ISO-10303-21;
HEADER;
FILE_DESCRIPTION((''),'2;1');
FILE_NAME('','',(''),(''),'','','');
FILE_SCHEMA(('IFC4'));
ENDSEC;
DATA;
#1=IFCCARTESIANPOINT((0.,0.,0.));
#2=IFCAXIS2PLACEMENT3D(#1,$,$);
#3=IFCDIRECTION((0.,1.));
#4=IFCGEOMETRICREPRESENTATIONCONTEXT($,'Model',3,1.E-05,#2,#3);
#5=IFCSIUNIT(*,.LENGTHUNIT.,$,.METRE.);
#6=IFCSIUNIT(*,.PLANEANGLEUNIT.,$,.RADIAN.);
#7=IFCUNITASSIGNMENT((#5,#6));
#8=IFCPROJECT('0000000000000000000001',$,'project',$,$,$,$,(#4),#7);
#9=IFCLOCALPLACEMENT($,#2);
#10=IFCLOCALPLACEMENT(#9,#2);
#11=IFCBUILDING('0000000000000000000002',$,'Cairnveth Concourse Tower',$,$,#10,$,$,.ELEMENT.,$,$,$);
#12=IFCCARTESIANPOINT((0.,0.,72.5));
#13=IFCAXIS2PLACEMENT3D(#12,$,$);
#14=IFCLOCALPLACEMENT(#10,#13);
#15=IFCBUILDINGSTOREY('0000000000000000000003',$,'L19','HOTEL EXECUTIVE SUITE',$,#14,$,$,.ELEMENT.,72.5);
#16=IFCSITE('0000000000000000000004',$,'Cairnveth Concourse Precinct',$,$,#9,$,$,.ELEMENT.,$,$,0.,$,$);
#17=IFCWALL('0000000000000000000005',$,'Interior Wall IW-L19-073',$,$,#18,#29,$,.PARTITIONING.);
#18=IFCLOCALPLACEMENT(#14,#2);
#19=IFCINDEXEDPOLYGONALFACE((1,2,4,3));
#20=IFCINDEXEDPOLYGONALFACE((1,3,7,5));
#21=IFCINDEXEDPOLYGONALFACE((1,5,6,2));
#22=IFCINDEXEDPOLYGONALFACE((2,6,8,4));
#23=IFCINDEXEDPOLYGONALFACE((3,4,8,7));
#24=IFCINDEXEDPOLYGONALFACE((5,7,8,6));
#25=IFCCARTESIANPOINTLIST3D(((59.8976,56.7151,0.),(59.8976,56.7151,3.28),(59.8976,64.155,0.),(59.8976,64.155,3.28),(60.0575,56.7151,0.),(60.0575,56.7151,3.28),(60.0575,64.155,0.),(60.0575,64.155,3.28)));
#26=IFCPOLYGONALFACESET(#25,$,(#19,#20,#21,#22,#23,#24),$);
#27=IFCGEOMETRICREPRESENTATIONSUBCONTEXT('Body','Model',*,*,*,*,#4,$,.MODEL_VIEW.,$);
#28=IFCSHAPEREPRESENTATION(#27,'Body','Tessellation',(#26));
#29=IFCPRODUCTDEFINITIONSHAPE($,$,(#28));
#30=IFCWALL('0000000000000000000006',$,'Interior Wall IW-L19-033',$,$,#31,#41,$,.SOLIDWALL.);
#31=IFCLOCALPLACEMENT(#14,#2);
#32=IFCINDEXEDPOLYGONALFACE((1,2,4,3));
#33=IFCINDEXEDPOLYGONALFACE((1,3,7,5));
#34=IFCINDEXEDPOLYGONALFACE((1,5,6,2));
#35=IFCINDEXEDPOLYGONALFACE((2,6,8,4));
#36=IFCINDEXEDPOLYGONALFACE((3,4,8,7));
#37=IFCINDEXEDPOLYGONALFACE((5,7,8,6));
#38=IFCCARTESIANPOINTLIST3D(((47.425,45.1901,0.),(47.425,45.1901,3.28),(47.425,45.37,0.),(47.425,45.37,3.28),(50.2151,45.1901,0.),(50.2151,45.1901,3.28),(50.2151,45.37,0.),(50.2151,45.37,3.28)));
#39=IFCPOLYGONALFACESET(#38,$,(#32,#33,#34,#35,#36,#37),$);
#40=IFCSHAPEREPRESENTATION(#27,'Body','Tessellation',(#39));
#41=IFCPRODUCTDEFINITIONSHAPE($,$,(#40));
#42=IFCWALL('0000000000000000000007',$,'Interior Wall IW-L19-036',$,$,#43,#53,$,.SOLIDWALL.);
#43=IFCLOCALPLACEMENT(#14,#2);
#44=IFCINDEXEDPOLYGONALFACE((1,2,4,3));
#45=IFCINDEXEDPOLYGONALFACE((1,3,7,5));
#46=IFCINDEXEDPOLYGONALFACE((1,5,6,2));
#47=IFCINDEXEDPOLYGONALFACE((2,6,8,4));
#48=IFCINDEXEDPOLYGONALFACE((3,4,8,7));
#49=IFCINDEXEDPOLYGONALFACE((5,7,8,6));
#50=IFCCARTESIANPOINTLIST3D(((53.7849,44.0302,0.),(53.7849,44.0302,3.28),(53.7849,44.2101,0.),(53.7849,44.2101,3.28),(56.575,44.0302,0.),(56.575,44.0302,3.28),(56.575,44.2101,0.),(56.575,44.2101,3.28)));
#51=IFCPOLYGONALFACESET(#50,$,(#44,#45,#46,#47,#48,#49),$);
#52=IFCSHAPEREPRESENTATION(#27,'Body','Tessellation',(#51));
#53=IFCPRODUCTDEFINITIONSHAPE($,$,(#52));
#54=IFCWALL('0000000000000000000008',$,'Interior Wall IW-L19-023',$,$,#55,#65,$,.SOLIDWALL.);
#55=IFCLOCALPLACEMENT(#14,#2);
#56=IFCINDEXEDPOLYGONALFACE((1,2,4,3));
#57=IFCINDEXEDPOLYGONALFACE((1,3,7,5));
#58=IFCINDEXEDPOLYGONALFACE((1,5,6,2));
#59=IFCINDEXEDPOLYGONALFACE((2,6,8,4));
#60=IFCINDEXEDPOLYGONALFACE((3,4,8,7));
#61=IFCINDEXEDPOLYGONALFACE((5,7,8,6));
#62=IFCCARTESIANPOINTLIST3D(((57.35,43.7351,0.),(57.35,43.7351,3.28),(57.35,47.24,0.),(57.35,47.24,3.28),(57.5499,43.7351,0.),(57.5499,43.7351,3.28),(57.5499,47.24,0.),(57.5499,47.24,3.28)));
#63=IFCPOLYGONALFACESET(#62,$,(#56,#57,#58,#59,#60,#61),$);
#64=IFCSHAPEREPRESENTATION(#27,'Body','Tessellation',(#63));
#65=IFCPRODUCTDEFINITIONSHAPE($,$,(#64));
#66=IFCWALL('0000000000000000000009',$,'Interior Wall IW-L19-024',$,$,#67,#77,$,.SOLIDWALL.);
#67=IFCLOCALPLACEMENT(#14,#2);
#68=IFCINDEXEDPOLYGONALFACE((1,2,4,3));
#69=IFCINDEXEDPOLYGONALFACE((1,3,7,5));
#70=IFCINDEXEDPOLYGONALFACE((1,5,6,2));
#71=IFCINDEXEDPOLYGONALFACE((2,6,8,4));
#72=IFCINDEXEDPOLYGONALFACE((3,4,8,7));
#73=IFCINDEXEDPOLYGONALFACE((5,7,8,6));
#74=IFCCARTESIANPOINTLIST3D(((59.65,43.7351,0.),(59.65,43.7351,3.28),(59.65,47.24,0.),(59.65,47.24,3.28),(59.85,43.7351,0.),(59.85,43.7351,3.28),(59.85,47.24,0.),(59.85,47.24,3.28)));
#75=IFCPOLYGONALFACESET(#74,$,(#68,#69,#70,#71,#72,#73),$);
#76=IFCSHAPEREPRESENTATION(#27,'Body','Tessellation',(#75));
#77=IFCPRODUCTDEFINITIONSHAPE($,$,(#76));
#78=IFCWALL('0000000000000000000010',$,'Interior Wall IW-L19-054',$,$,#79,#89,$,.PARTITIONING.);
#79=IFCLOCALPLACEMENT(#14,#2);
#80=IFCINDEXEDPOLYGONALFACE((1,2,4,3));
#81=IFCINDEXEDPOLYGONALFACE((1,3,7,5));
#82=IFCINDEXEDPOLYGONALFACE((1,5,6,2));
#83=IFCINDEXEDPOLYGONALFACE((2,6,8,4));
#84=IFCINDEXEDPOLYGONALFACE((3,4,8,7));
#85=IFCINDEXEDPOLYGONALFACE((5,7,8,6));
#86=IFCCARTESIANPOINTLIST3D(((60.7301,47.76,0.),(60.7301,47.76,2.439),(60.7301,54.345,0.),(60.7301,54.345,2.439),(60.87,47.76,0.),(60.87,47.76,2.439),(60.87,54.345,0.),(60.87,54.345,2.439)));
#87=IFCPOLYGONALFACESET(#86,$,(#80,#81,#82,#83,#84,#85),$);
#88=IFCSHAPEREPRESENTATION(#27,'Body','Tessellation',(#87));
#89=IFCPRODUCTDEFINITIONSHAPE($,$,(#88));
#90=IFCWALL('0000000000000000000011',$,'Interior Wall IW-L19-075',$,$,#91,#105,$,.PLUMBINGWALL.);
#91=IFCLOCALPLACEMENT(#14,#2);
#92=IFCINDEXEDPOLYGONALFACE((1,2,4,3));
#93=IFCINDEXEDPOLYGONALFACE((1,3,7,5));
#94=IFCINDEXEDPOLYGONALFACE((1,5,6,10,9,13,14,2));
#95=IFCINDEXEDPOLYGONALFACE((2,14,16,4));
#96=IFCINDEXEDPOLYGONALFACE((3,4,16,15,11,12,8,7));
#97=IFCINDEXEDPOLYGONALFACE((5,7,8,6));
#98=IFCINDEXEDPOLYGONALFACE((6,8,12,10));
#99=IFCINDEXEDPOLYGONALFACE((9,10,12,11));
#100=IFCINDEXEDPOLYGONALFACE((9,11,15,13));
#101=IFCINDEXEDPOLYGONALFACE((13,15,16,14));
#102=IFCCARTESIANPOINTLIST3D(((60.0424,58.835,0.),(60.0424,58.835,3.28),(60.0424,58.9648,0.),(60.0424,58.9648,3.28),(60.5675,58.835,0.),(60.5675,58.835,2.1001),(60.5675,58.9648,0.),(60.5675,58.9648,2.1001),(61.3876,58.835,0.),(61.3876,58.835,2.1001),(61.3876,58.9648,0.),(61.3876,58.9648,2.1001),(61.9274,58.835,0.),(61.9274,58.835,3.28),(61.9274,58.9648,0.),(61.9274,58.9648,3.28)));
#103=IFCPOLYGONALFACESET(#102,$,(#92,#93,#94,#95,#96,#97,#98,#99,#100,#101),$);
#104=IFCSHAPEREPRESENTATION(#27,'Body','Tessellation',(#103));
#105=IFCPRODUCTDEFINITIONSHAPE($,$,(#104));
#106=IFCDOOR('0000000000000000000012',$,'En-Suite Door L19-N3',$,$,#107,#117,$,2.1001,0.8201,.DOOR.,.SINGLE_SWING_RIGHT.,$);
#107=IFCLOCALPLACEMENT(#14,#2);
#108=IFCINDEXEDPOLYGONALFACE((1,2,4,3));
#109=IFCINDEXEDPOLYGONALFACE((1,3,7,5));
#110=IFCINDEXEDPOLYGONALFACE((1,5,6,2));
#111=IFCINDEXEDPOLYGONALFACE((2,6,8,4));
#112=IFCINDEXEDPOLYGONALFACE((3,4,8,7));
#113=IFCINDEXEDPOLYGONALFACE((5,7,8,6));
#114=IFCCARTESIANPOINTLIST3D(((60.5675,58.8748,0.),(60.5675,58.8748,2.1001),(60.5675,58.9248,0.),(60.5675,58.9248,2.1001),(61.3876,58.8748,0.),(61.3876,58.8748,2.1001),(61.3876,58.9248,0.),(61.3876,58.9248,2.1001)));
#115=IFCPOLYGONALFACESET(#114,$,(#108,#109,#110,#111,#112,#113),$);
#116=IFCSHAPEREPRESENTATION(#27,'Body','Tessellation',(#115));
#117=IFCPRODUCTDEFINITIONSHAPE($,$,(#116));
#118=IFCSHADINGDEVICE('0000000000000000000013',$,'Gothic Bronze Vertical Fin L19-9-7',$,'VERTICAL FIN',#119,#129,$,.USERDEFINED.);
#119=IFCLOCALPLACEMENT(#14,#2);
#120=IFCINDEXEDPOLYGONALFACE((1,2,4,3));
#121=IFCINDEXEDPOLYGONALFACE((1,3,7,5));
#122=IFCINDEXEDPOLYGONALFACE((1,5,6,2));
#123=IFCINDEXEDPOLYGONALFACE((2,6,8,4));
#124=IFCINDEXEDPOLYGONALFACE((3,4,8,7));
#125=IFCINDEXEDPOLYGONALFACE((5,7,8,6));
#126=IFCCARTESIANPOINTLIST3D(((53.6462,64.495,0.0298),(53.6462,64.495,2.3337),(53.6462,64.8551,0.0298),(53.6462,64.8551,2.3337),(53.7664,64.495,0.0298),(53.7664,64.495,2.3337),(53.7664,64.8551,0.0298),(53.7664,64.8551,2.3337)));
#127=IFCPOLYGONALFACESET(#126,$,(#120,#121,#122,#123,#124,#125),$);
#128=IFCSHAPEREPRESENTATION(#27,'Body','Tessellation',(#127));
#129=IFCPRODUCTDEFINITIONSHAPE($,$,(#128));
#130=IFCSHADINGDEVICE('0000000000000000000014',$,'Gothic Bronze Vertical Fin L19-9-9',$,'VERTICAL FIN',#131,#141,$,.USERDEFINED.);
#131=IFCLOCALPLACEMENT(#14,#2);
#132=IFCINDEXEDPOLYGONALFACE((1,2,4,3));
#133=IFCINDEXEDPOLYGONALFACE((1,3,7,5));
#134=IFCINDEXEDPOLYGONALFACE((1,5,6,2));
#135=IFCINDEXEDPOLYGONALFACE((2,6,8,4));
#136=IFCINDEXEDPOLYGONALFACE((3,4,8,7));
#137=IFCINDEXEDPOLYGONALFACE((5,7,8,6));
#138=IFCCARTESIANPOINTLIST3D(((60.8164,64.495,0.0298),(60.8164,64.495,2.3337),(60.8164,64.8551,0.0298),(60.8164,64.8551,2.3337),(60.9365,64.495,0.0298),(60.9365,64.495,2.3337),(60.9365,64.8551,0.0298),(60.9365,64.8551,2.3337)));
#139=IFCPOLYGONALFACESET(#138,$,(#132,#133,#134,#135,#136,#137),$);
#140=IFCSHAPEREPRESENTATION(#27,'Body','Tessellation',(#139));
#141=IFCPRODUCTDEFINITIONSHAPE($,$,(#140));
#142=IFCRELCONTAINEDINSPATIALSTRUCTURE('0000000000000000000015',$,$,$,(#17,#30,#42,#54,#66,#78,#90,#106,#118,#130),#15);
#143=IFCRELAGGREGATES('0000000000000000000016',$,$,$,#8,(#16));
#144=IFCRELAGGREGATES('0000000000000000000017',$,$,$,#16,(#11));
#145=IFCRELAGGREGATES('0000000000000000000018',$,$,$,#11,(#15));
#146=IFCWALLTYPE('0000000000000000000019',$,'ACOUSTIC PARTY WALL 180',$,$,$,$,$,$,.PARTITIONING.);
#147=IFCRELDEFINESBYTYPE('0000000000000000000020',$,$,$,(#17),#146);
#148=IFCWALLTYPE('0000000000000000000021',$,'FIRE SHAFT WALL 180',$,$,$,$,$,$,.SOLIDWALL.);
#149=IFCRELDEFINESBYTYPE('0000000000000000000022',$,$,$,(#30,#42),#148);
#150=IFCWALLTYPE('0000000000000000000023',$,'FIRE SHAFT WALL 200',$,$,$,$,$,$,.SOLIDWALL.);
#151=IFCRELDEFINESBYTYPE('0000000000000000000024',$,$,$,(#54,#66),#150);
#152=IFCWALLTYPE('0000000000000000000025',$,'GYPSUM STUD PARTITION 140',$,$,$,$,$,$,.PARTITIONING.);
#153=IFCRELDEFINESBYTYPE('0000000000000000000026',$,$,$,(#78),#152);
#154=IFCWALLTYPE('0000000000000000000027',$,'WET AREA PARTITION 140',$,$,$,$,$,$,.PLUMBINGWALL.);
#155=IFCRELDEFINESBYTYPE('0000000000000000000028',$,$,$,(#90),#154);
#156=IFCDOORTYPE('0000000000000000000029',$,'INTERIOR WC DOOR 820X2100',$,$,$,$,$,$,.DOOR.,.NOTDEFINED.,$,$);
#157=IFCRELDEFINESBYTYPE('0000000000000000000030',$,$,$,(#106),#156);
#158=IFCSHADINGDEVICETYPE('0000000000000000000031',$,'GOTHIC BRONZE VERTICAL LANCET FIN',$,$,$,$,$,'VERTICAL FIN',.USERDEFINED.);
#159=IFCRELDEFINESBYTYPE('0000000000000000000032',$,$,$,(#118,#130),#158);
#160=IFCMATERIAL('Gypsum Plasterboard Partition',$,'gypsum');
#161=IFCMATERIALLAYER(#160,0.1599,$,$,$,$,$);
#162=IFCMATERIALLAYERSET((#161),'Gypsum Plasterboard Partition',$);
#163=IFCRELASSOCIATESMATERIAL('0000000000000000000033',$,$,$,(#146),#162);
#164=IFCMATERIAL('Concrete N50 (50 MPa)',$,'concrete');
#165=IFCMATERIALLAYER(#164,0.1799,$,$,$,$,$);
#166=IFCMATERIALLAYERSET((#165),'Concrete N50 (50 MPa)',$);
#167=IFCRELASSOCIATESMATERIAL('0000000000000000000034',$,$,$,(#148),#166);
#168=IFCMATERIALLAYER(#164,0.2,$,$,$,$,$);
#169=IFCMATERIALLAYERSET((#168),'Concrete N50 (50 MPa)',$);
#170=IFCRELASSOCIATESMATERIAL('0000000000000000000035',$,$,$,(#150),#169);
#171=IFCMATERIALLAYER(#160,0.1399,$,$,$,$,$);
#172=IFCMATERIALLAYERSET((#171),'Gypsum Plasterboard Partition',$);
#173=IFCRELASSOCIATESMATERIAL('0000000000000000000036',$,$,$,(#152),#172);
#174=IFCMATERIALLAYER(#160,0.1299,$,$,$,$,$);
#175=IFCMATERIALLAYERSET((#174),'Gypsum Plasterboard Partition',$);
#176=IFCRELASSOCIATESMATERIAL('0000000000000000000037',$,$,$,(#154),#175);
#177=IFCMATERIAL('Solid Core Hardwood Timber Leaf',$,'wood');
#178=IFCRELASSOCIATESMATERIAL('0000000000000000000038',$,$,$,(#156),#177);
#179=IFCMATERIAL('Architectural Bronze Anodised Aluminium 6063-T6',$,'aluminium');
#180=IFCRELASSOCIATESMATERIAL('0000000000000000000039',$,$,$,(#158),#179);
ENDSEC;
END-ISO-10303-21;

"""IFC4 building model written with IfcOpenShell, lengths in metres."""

from ifc_helpers import new_model, si_unit, direction, frame, frame_2d, origin, origin_2d, place, context, subcontext, project, spatial, rectangle, extrude, material, layer, layer_set, type_object, element, fill, save


model = new_model("IFC4")

# Units and contexts
model_context = context("Model", 3, precision=1e-05, world=origin(), true_north=direction((0.0, 1.0)))
body_context = subcontext(model_context, "Body", "Model", "MODEL_VIEW")
ifc_project = project(units=[si_unit("LENGTHUNIT", "METRE"), si_unit("PLANEANGLEUNIT", "RADIAN")], contexts=[model_context])

# Site, building, storey
site_placement = place(None, origin())
site = spatial("IfcSite", under=ifc_project, at=site_placement, Name="Cairnveth Concourse Precinct", CompositionType="ELEMENT", RefElevation=0.0)
building_placement = place(site_placement, origin())
building = spatial("IfcBuilding", under=site, at=building_placement, Name="Cairnveth Concourse Tower", CompositionType="ELEMENT")
storey_placement = place(building_placement, frame((0.0, 0.0, 72.5)))
storey = spatial("IfcBuildingStorey", under=building, at=storey_placement, Name="L19", Description="HOTEL EXECUTIVE SUITE", CompositionType="ELEMENT", Elevation=72.5)

# Walls
ifc_material_1 = material(Name="Gypsum Plasterboard Partition", Category="gypsum")
ifc_layer_1 = layer(ifc_material_1, 0.1599)
ifc_layer_set_1 = layer_set([ifc_layer_1], Name="Gypsum Plasterboard Partition")
wall_type_1 = type_object("IfcWallType", Name="ACOUSTIC PARTY WALL 180", PredefinedType="PARTITIONING", material=ifc_layer_set_1)
wall_1_placement = place(storey_placement, frame((59.9775, 56.7151, 0.0), z_axis=(0.0, 0.0, 1.0), x_axis=(0.0, 1.0, 0.0)))
element("IfcWall", 1, at=wall_1_placement, inside=storey, type_object=wall_type_1, Name="Interior Wall IW-L19-073", PredefinedType="PARTITIONING", context=body_context, shape_type="SweptSolid", body=[
    extrude(rectangle(XDim=7.4399, YDim=0.1599, at=frame_2d((3.72, 0.0))), origin(), (0.0, 0.0, 1.0), 3.28),
])
ifc_material_2 = material(Name="Concrete N50 (50 MPa)", Category="concrete")
ifc_layer_2 = layer(ifc_material_2, 0.1799)
ifc_layer_set_2 = layer_set([ifc_layer_2], Name="Concrete N50 (50 MPa)")
wall_type_2 = type_object("IfcWallType", Name="FIRE SHAFT WALL 180", PredefinedType="SOLIDWALL", material=ifc_layer_set_2)
for number, where, z_axis, x_axis, name in (
    (2, (47.425, 45.28, 0.0), (0.0, 0.0, 1.0), (1.0, 0.0, 0.0), "Interior Wall IW-L19-033"),
    (3, (53.7849, 44.1201, 0.0), (0.0, 0.0, 1.0), (1.0, 0.0, 0.0), "Interior Wall IW-L19-036"),
):
    element("IfcWall", number, at=place(storey_placement, frame(where, z_axis=z_axis, x_axis=x_axis)), inside=storey, type_object=wall_type_2, Name=name, PredefinedType="SOLIDWALL", context=body_context, shape_type="SweptSolid", body=[
        extrude(rectangle(XDim=2.79, YDim=0.1799, at=frame_2d((1.395, 0.0))), origin(), (0.0, 0.0, 1.0), 3.28),
    ])
ifc_layer_3 = layer(ifc_material_2, 0.2)
ifc_layer_set_3 = layer_set([ifc_layer_3], Name="Concrete N50 (50 MPa)")
wall_type_3 = type_object("IfcWallType", Name="FIRE SHAFT WALL 200", PredefinedType="SOLIDWALL", material=ifc_layer_set_3)
for number, where, z_axis, x_axis, name in (
    (4, (57.45, 43.7351, 0.0), (0.0, 0.0, 1.0), (0.0, 1.0, 0.0), "Interior Wall IW-L19-023"),
    (5, (59.75, 43.7351, 0.0), (0.0, 0.0, 1.0), (0.0, 1.0, 0.0), "Interior Wall IW-L19-024"),
):
    element("IfcWall", number, at=place(storey_placement, frame(where, z_axis=z_axis, x_axis=x_axis)), inside=storey, type_object=wall_type_3, Name=name, PredefinedType="SOLIDWALL", context=body_context, shape_type="SweptSolid", body=[
        extrude(rectangle(XDim=3.5049, YDim=0.2, at=frame_2d((1.7524, 0.0))), origin(), (0.0, 0.0, 1.0), 3.28),
    ])
ifc_layer_4 = layer(ifc_material_1, 0.1399)
ifc_layer_set_4 = layer_set([ifc_layer_4], Name="Gypsum Plasterboard Partition")
wall_type_4 = type_object("IfcWallType", Name="GYPSUM STUD PARTITION 140", PredefinedType="PARTITIONING", material=ifc_layer_set_4)
wall_2_placement = place(storey_placement, frame((60.8, 47.76, 0.0), z_axis=(0.0, 0.0, 1.0), x_axis=(0.0, 1.0, 0.0)))
element("IfcWall", 6, at=wall_2_placement, inside=storey, type_object=wall_type_4, Name="Interior Wall IW-L19-054", PredefinedType="PARTITIONING", context=body_context, shape_type="SweptSolid", body=[
    extrude(rectangle(XDim=6.585, YDim=0.1399, at=frame_2d((3.2925, 0.0))), origin(), (0.0, 0.0, 1.0), 2.439),
])

# Wall, opening, door
ifc_layer_5 = layer(ifc_material_1, 0.1299)
ifc_layer_set_5 = layer_set([ifc_layer_5], Name="Gypsum Plasterboard Partition")
wall_type_5 = type_object("IfcWallType", Name="WET AREA PARTITION 140", PredefinedType="PLUMBINGWALL", material=ifc_layer_set_5)
wall_3_placement = place(storey_placement, frame((60.0425, 58.8999, 0.0), z_axis=(0.0, 0.0, 1.0), x_axis=(1.0, 0.0, 0.0)))
wall_3 = element("IfcWall", 7, at=wall_3_placement, inside=storey, type_object=wall_type_5, Name="Interior Wall IW-L19-075", PredefinedType="PLUMBINGWALL", context=body_context, shape_type="SweptSolid", body=[
    extrude(rectangle(XDim=1.885, YDim=0.1299, at=frame_2d((0.9424, 0.0))), origin(), (0.0, 0.0, 1.0), 3.28),
])
opening_placement = place(wall_3_placement, frame((0.5249, 0.0, 0.0)))
opening = element("IfcOpeningElement", 8, at=opening_placement, cuts=wall_3, PredefinedType="OPENING", context=body_context, shape_type="SweptSolid", body=[
    extrude(rectangle(XDim=0.8201, YDim=2.1001, at=frame_2d((0.4102, 1.05))), frame((0.0, 0.075, 0.0), z_axis=(0.0, -1.0, 0.0), x_axis=(1.0, 0.0, 0.0)), (0.0, 0.0, 1.0), 0.1499),
])
ifc_material_3 = material(Name="Solid Core Hardwood Timber Leaf", Category="wood")
door_type = type_object("IfcDoorType", Name="INTERIOR WC DOOR 820X2100", OperationType="NOTDEFINED", PredefinedType="DOOR", material=ifc_material_3)
door_placement = place(opening_placement, origin())
door = element("IfcDoor", 9, at=door_placement, inside=storey, type_object=door_type, Name="En-Suite Door L19-N3", OperationType="SINGLE_SWING_RIGHT", OverallHeight=2.1001, OverallWidth=0.8201, PredefinedType="DOOR", context=body_context, shape_type="SweptSolid", body=[
    extrude(rectangle(XDim=0.8201, YDim=2.1001, at=frame_2d((0.4102, 1.05))), frame((0.0, 0.0249, 0.0), z_axis=(0.0, -1.0, 0.0), x_axis=(1.0, 0.0, 0.0)), (0.0, 0.0, 1.0), 0.05),
])
fill(opening, door)

# Shading devices
ifc_material_4 = material(Name="Architectural Bronze Anodised Aluminium 6063-T6", Category="aluminium")
shading_device_type = type_object("IfcShadingDeviceType", Name="GOTHIC BRONZE VERTICAL LANCET FIN", ElementType="VERTICAL FIN", PredefinedType="USERDEFINED", material=ifc_material_4)
for number, where, z_axis, x_axis, name in (
    (10, (53.7063, 64.675, 0.0298), (0.0, 0.0, 1.0), (1.0, 0.0, 0.0), "Gothic Bronze Vertical Fin L19-9-7"),
    (11, (60.8765, 64.675, 0.0298), (0.0, 0.0, 1.0), (1.0, 0.0, 0.0), "Gothic Bronze Vertical Fin L19-9-9"),
):
    element("IfcShadingDevice", number, at=place(storey_placement, frame(where, z_axis=z_axis, x_axis=x_axis)), inside=storey, type_object=shading_device_type, Name=name, ObjectType="VERTICAL FIN", PredefinedType="USERDEFINED", context=body_context, shape_type="SweptSolid", body=[
        extrude(rectangle(XDim=0.1201, YDim=0.3601, at=origin_2d()), origin(), (0.0, 0.0, 1.0), 2.304),
    ])

save(model, "model.ifc")
